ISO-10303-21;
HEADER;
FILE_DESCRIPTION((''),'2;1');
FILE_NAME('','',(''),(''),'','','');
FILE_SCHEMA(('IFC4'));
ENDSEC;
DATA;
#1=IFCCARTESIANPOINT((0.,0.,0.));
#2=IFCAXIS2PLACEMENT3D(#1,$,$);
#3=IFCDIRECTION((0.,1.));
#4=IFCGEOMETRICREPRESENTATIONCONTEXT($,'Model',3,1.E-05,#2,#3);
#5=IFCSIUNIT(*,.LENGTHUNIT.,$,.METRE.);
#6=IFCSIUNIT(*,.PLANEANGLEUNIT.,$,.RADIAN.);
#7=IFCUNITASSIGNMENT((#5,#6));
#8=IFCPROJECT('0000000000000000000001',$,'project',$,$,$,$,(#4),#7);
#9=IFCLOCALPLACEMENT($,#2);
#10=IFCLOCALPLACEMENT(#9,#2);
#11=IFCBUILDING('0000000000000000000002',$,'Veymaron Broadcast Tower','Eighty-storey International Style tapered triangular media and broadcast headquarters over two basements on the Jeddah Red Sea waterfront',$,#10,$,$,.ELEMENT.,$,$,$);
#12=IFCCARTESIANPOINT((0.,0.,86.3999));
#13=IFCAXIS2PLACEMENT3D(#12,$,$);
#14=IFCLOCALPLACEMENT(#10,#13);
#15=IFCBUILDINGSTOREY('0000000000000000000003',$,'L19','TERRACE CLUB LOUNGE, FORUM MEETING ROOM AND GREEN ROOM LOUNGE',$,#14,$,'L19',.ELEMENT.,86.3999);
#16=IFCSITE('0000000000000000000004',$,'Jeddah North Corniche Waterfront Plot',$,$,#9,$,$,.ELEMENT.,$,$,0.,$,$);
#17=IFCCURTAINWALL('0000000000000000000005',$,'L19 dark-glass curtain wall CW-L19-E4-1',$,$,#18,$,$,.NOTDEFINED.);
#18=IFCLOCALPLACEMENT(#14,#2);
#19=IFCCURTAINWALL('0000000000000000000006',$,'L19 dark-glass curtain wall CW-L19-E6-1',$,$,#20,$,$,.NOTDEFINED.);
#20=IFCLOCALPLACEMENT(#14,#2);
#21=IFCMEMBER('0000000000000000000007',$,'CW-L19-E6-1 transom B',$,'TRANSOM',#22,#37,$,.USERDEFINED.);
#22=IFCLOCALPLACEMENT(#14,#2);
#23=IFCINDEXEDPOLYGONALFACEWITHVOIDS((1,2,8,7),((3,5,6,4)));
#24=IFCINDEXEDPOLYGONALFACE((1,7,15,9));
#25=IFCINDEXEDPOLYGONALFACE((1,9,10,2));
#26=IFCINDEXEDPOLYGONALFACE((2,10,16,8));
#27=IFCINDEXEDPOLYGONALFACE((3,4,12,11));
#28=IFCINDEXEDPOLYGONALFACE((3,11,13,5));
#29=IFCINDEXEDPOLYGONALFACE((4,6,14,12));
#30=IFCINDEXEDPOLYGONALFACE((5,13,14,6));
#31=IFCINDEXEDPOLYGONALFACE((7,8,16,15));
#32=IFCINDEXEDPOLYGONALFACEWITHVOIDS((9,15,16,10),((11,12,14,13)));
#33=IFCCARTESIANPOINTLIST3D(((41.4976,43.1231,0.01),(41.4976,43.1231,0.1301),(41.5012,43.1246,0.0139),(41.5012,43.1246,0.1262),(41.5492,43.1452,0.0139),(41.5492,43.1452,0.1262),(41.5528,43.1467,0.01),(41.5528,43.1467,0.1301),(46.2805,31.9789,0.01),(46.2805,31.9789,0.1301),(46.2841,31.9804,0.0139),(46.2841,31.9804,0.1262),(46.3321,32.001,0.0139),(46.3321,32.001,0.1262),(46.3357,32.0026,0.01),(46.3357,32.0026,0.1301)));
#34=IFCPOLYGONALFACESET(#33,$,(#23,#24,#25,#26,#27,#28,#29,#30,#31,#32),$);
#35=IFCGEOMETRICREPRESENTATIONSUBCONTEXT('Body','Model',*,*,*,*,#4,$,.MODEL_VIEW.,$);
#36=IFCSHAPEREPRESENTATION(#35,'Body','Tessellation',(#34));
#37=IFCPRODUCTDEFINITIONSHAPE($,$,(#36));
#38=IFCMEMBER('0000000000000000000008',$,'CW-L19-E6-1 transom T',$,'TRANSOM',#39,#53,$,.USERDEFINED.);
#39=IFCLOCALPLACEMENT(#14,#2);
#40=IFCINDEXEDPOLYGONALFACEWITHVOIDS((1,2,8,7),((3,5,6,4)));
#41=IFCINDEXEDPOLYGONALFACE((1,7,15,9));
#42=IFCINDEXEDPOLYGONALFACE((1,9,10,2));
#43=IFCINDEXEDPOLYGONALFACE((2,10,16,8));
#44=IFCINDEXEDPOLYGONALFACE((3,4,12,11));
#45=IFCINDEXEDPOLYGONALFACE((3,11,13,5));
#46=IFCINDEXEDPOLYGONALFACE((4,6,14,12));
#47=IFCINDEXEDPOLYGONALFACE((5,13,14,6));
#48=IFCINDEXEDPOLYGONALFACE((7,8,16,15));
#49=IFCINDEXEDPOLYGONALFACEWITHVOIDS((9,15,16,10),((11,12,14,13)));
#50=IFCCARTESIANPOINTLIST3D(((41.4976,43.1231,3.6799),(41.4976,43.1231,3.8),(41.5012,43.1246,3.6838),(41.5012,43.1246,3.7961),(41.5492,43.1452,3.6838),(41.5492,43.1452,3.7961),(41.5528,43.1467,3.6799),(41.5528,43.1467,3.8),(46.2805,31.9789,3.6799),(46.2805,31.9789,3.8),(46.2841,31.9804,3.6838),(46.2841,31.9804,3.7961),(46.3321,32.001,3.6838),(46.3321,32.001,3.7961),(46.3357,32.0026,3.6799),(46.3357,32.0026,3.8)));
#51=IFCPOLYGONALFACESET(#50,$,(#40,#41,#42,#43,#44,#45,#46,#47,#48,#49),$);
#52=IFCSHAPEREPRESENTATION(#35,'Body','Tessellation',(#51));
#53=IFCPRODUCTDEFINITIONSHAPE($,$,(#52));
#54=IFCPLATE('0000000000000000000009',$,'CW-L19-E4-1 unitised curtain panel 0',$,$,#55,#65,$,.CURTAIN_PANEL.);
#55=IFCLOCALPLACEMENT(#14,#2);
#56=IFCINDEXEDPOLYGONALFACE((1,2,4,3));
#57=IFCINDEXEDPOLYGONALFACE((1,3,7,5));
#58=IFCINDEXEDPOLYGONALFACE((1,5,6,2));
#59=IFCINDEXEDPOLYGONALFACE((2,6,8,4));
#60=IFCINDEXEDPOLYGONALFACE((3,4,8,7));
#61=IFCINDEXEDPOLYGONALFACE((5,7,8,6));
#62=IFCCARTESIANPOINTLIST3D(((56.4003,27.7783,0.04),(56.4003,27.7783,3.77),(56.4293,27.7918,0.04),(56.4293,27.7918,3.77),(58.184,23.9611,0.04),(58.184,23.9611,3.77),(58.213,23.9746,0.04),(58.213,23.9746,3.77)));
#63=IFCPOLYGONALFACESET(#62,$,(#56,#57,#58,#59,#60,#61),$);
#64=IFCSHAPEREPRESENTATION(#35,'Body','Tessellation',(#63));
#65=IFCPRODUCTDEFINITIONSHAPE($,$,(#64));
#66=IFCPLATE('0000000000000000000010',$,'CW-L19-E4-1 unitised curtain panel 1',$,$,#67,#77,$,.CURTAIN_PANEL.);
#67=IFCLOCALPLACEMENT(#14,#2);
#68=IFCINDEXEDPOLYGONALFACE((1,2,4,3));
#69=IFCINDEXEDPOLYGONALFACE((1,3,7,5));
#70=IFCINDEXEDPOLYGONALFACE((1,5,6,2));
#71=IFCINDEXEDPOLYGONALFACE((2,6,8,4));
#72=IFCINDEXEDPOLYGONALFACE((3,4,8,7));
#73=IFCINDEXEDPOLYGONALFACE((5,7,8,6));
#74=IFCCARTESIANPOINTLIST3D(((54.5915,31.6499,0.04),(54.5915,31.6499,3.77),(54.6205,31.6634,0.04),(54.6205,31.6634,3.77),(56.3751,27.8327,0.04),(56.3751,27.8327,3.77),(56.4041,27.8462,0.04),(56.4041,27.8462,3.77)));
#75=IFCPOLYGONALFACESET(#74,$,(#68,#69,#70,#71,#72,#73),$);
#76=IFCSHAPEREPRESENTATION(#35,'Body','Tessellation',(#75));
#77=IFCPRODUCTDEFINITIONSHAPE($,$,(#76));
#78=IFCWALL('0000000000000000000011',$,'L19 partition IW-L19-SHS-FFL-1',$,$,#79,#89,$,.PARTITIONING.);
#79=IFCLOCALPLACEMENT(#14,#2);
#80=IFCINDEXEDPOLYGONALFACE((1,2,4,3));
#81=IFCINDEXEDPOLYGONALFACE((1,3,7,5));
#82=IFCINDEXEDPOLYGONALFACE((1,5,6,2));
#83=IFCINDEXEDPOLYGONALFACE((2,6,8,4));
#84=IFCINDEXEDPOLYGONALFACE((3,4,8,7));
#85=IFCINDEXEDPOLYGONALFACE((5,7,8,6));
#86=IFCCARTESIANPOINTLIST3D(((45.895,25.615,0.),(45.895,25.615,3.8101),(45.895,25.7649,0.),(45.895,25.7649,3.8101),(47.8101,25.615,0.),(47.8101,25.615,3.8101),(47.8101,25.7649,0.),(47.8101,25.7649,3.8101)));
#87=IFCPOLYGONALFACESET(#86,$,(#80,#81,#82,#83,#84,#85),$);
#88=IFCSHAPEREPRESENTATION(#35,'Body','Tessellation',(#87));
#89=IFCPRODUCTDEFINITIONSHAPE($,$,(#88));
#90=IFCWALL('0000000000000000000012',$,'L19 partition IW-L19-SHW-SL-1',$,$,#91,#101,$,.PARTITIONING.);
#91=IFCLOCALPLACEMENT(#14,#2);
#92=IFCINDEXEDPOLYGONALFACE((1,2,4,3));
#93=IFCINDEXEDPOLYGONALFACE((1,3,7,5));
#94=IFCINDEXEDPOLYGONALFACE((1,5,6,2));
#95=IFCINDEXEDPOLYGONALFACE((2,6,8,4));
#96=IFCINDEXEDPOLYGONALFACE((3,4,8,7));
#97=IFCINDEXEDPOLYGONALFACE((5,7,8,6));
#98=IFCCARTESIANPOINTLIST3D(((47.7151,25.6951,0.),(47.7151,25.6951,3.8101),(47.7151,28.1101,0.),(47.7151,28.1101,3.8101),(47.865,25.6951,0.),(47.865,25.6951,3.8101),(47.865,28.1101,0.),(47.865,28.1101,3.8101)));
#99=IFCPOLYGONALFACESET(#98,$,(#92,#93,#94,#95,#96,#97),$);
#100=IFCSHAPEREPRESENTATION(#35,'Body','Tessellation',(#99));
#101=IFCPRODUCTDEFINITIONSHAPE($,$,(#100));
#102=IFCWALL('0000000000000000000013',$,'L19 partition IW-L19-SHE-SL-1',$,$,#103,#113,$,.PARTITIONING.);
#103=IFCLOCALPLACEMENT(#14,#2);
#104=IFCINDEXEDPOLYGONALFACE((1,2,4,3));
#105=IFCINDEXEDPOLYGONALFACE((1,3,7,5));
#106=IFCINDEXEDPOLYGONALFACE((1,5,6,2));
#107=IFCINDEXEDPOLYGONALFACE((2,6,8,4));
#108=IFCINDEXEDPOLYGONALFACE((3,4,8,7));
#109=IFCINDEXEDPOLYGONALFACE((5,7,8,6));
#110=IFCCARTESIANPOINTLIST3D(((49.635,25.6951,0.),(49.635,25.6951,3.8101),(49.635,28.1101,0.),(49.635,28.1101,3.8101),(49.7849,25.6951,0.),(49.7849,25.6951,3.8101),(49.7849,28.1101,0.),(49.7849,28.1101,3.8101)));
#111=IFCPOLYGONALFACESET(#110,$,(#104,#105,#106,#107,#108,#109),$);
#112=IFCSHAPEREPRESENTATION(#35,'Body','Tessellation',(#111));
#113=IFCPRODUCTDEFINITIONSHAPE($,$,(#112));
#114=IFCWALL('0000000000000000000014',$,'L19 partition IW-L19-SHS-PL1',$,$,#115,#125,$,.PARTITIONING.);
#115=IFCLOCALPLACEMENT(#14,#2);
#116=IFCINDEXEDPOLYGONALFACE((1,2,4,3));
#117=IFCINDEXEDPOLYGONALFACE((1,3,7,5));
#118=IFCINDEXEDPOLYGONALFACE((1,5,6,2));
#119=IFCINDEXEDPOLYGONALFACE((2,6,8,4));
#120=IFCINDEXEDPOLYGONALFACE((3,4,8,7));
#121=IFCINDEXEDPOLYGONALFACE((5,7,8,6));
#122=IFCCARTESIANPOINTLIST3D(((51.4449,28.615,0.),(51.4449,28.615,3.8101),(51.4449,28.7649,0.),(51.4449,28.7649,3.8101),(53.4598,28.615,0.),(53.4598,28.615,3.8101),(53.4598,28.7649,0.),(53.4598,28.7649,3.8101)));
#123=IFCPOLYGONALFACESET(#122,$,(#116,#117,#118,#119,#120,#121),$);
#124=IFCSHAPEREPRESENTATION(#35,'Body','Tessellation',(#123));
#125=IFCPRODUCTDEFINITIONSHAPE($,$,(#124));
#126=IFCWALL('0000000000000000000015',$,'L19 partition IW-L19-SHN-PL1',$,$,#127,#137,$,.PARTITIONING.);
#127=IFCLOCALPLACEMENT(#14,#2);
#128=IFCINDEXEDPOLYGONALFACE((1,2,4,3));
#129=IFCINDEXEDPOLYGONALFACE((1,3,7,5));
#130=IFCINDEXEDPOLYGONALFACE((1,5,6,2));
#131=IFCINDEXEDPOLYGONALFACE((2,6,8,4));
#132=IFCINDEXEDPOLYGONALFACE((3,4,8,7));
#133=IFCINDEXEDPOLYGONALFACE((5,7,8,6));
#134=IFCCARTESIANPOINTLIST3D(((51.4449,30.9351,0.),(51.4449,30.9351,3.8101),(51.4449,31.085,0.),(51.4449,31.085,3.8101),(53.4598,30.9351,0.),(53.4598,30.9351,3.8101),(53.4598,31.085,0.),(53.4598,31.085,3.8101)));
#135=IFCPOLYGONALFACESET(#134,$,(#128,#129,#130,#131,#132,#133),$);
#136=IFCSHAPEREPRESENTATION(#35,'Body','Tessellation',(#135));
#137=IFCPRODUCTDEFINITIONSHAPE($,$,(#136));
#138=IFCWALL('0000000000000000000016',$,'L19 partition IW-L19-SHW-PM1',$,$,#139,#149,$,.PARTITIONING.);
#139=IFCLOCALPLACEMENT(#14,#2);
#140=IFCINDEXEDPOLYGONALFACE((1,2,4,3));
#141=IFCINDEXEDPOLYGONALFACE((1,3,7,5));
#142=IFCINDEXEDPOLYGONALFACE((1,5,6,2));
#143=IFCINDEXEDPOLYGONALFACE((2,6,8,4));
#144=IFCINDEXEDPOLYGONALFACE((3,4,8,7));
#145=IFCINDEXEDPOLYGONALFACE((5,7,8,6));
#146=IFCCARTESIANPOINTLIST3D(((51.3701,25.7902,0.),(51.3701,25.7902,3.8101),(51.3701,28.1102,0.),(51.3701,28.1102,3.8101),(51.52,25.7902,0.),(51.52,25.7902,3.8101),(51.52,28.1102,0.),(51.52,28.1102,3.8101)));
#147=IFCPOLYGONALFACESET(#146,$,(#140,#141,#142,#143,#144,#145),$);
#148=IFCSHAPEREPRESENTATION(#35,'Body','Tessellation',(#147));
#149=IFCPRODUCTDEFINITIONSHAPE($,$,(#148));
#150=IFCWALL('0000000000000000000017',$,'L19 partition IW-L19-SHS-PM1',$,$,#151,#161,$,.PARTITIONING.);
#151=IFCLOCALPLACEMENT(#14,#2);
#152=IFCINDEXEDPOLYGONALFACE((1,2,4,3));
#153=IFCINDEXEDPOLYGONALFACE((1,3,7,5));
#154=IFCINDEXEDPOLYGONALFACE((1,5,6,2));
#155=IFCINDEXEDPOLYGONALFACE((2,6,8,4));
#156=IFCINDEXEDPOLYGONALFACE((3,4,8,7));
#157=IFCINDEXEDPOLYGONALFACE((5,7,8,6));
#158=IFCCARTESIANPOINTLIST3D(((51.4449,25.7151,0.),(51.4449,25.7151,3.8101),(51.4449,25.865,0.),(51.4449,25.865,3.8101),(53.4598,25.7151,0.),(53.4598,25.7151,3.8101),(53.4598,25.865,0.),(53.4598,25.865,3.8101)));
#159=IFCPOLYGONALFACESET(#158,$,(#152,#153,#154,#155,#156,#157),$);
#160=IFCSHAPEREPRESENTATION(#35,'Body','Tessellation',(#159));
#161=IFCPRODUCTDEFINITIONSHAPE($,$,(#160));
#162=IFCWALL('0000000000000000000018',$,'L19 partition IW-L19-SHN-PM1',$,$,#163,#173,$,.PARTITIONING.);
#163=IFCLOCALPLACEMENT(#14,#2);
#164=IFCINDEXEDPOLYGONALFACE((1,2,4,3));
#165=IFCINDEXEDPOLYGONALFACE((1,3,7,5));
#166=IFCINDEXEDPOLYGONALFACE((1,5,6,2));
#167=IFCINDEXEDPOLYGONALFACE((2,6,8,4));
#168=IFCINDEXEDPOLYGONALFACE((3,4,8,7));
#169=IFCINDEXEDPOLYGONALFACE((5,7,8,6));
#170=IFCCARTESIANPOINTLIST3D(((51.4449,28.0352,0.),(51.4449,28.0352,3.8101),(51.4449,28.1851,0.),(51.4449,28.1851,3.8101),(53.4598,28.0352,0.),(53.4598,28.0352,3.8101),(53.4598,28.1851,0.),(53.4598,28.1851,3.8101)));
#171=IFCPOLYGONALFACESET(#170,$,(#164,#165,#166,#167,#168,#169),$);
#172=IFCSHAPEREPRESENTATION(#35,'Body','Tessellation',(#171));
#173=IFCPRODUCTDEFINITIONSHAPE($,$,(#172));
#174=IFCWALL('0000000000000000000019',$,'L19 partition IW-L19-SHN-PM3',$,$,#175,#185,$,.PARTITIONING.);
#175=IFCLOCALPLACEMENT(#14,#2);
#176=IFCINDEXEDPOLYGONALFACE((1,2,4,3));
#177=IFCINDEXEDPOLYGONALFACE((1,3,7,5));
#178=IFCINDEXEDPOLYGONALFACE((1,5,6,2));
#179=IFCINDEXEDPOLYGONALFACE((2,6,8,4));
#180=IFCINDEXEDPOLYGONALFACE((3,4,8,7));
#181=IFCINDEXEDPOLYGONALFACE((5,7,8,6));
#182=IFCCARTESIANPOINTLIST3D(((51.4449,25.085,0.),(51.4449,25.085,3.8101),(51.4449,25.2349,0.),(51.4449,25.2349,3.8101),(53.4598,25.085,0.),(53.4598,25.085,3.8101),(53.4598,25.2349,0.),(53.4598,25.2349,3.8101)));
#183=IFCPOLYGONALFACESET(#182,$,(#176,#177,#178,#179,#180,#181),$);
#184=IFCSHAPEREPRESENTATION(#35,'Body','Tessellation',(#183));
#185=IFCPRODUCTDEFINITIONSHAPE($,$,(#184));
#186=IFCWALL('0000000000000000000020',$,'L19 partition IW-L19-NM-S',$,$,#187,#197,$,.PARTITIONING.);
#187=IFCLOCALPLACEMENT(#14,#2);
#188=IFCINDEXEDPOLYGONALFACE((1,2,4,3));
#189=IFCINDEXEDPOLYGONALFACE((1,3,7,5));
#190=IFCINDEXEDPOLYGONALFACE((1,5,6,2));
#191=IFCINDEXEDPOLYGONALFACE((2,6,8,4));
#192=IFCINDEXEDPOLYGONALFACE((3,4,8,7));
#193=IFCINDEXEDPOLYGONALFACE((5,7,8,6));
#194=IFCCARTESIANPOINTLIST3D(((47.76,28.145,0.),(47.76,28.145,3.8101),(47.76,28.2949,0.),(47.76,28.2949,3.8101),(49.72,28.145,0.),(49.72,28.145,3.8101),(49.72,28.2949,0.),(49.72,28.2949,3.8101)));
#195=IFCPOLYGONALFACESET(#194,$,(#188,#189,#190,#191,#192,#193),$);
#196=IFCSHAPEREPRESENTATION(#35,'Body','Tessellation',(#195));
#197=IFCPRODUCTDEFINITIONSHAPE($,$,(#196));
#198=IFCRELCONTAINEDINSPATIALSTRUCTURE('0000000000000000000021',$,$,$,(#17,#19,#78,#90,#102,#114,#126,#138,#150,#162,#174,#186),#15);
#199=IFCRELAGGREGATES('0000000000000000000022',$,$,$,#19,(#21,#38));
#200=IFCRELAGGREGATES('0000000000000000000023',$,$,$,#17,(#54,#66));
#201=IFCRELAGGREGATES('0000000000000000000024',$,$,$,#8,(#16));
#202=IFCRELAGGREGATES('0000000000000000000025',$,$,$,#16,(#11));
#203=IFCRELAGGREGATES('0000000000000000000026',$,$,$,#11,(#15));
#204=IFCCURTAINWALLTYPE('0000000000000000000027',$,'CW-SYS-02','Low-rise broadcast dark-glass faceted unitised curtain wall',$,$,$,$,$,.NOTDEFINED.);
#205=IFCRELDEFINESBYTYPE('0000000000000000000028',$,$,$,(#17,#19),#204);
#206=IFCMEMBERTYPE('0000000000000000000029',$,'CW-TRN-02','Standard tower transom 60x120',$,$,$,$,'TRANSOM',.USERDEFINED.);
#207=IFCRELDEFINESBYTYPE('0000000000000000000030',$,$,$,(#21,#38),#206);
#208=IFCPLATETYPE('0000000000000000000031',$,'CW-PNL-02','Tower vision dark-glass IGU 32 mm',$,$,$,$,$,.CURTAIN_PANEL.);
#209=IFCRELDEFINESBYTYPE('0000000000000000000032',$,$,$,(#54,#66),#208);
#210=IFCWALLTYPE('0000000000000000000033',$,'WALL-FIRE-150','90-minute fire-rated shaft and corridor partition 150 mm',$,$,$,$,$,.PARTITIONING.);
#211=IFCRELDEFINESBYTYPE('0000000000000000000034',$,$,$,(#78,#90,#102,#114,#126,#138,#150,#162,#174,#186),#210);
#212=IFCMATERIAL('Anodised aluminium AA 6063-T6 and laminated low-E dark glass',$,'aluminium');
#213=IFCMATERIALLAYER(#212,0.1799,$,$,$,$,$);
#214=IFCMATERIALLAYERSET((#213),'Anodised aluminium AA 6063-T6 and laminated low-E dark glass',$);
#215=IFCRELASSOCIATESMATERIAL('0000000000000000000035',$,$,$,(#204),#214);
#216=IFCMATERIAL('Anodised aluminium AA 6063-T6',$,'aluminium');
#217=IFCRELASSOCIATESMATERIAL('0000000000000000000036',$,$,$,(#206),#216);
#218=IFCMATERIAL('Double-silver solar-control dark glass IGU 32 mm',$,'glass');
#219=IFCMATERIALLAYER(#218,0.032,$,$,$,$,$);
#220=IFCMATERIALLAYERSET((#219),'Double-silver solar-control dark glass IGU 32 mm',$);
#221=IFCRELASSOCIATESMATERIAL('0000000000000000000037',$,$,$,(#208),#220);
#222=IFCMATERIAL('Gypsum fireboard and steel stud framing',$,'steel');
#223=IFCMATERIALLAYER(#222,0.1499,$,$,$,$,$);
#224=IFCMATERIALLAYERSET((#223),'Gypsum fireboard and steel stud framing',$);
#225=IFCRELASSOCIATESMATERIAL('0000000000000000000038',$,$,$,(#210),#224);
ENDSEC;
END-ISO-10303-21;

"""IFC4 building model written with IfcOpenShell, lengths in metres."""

from ifc_helpers import new_model, si_unit, direction, frame, frame_2d, origin, origin_2d, place, context, subcontext, project, spatial, rectangle, hollow_rectangle, extrude, material, layer, layer_set, material_profile, profile_set, type_object, element, aggregate, save


model = new_model("IFC4")

# Units and contexts
model_context = context("Model", 3, precision=1e-05, world=origin(), true_north=direction((0.0, 1.0)))
body_context = subcontext(model_context, "Body", "Model", "MODEL_VIEW")
ifc_project = project(units=[si_unit("LENGTHUNIT", "METRE"), si_unit("PLANEANGLEUNIT", "RADIAN")], contexts=[model_context])

# Site, building, storey
site_placement = place(None, origin())
site = spatial("IfcSite", under=ifc_project, at=site_placement, Name="Jeddah North Corniche Waterfront Plot", CompositionType="ELEMENT", RefElevation=0.0)
building_placement = place(site_placement, origin())
building = spatial("IfcBuilding", under=site, at=building_placement, Name="Veymaron Broadcast Tower", Description="Eighty-storey International Style tapered triangular media and broadcast headquarters over two basements on the Jeddah Red Sea waterfront", CompositionType="ELEMENT")
storey_placement = place(building_placement, frame((0.0, 0.0, 86.3999)))
storey = spatial("IfcBuildingStorey", under=building, at=storey_placement, Name="L19", Description="TERRACE CLUB LOUNGE, FORUM MEETING ROOM AND GREEN ROOM LOUNGE", LongName="L19", CompositionType="ELEMENT", Elevation=86.3999)

# Shared definitions
ifc_material_1 = material(Name="Anodised aluminium AA 6063-T6 and laminated low-E dark glass", Category="aluminium")
ifc_layer_1 = layer(ifc_material_1, 0.1799)
ifc_layer_set_1 = layer_set([ifc_layer_1], Name="Anodised aluminium AA 6063-T6 and laminated low-E dark glass")
curtain_wall_type = type_object("IfcCurtainWallType", Name="CW-SYS-02", Description="Low-rise broadcast dark-glass faceted unitised curtain wall", PredefinedType="NOTDEFINED", material=ifc_layer_set_1)
ifc_material_2 = material(Name="Anodised aluminium AA 6063-T6", Category="aluminium")

# Curtain wall
curtain_wall_1_placement = place(storey_placement, origin())
curtain_wall_1 = element("IfcCurtainWall", 1, at=curtain_wall_1_placement, inside=storey, type_object=curtain_wall_type, Name="L19 dark-glass curtain wall CW-L19-E4-1", PredefinedType="NOTDEFINED")

# Curtain wall
curtain_wall_2_placement = place(storey_placement, origin())
curtain_wall_2 = element("IfcCurtainWall", 2, at=curtain_wall_2_placement, inside=storey, type_object=curtain_wall_type, Name="L19 dark-glass curtain wall CW-L19-E6-1", PredefinedType="NOTDEFINED")

# Members
ifc_material_profile_1 = material_profile(ifc_material_2, hollow_rectangle(XDim=0.0601, YDim=0.1201, WallThickness=0.0039, at=origin_2d()), Name="AL120X60X4")
ifc_profile_set_1 = profile_set([ifc_material_profile_1], Name="Anodised aluminium AA 6063-T6")
member_type_1 = type_object("IfcMemberType", Name="CW-TRN-02", Description="Standard tower transom 60x120", ElementType="TRANSOM", PredefinedType="USERDEFINED", material=ifc_profile_set_1)
member_1_placement = place(storey_placement, frame((46.3081, 31.9907, 0.0701), z_axis=(-0.394395, 0.918941, 0.0), x_axis=(-0.918941, -0.394395, 0.0)))
member_1 = element("IfcMember", 3, at=member_1_placement, type_object=member_type_1, Name="CW-L19-E6-1 transom B", ObjectType="TRANSOM", PredefinedType="USERDEFINED", context=body_context, shape_type="SweptSolid", body=[
    extrude(hollow_rectangle(XDim=0.0601, YDim=0.1201, WallThickness=0.0039, at=origin_2d()), origin(), (0.0, 0.0, 1.0), 12.1272),
])
member_2_placement = place(storey_placement, frame((46.3081, 31.9907, 3.74), z_axis=(-0.394395, 0.918941, 0.0), x_axis=(-0.918941, -0.394395, 0.0)))
member_2 = element("IfcMember", 4, at=member_2_placement, type_object=member_type_1, Name="CW-L19-E6-1 transom T", ObjectType="TRANSOM", PredefinedType="USERDEFINED", context=body_context, shape_type="SweptSolid", body=[
    extrude(hollow_rectangle(XDim=0.0601, YDim=0.1201, WallThickness=0.0039, at=origin_2d()), origin(), (0.0, 0.0, 1.0), 12.1272),
])
aggregate(curtain_wall_2, [member_1, member_2])

# Plates
ifc_material_3 = material(Name="Double-silver solar-control dark glass IGU 32 mm", Category="glass")
ifc_layer_2 = layer(ifc_material_3, 0.032)
ifc_layer_set_2 = layer_set([ifc_layer_2], Name="Double-silver solar-control dark glass IGU 32 mm")
plate_type = type_object("IfcPlateType", Name="CW-PNL-02", Description="Tower vision dark-glass IGU 32 mm", PredefinedType="CURTAIN_PANEL", material=ifc_layer_set_2)
plate_1_placement = place(storey_placement, frame((57.3066, 25.8765, 0.04), z_axis=(0.0, 0.0, 1.0), x_axis=(-0.42333, 0.905976, 0.0)))
plate_1 = element("IfcPlate", 5, at=plate_1_placement, type_object=plate_type, Name="CW-L19-E4-1 unitised curtain panel 0", PredefinedType="CURTAIN_PANEL", context=body_context, shape_type="SweptSolid", body=[
    extrude(rectangle(XDim=4.2134, YDim=0.032, at=origin_2d()), origin(), (0.0, 0.0, 1.0), 3.73),
])
plate_2_placement = place(storey_placement, frame((55.4978, 29.748, 0.04), z_axis=(0.0, 0.0, 1.0), x_axis=(-0.42333, 0.905976, 0.0)))
plate_2 = element("IfcPlate", 6, at=plate_2_placement, type_object=plate_type, Name="CW-L19-E4-1 unitised curtain panel 1", PredefinedType="CURTAIN_PANEL", context=body_context, shape_type="SweptSolid", body=[
    extrude(rectangle(XDim=4.2134, YDim=0.032, at=origin_2d()), origin(), (0.0, 0.0, 1.0), 3.73),
])
aggregate(curtain_wall_1, [plate_1, plate_2])

# Wall
ifc_material_4 = material(Name="Gypsum fireboard and steel stud framing", Category="steel")
ifc_layer_3 = layer(ifc_material_4, 0.1499)
ifc_layer_set_3 = layer_set([ifc_layer_3], Name="Gypsum fireboard and steel stud framing")
wall_type_1 = type_object("IfcWallType", Name="WALL-FIRE-150", Description="90-minute fire-rated shaft and corridor partition 150 mm", PredefinedType="PARTITIONING", material=ifc_layer_set_3)
wall_1_placement = place(storey_placement, frame((45.895, 25.6899, 0.0), z_axis=(0.0, 0.0, 1.0), x_axis=(1.0, 0.0, 0.0)))
element("IfcWall", 7, at=wall_1_placement, inside=storey, type_object=wall_type_1, Name="L19 partition IW-L19-SHS-FFL-1", PredefinedType="PARTITIONING", context=body_context, shape_type="SweptSolid", body=[
    extrude(rectangle(XDim=1.915, YDim=0.1499, at=frame_2d((0.9575, 0.0))), origin(), (0.0, 0.0, 1.0), 3.8101),
])

# Walls
for number, where, z_axis, x_axis, name in (
    (8, (47.79, 25.6951, 0.0), (0.0, 0.0, 1.0), (0.0, 1.0, 0.0), "L19 partition IW-L19-SHW-SL-1"),
    (9, (49.71, 25.6951, 0.0), (0.0, 0.0, 1.0), (0.0, 1.0, 0.0), "L19 partition IW-L19-SHE-SL-1"),
):
    element("IfcWall", number, at=place(storey_placement, frame(where, z_axis=z_axis, x_axis=x_axis)), inside=storey, type_object=wall_type_1, Name=name, PredefinedType="PARTITIONING", context=body_context, shape_type="SweptSolid", body=[
        extrude(rectangle(XDim=2.415, YDim=0.1499, at=frame_2d((1.2075, 0.0))), origin(), (0.0, 0.0, 1.0), 3.8101),
    ])

# Walls
for number, where, z_axis, x_axis, name in (
    (10, (51.4451, 28.6899, 0.0), (0.0, 0.0, 1.0), (1.0, 0.0, 0.0), "L19 partition IW-L19-SHS-PL1"),
    (11, (51.4451, 31.01, 0.0), (0.0, 0.0, 1.0), (1.0, 0.0, 0.0), "L19 partition IW-L19-SHN-PL1"),
):
    element("IfcWall", number, at=place(storey_placement, frame(where, z_axis=z_axis, x_axis=x_axis)), inside=storey, type_object=wall_type_1, Name=name, PredefinedType="PARTITIONING", context=body_context, shape_type="SweptSolid", body=[
        extrude(rectangle(XDim=2.0149, YDim=0.1499, at=frame_2d((1.0073, 0.0))), origin(), (0.0, 0.0, 1.0), 3.8101),
    ])
wall_2_placement = place(storey_placement, frame((51.4451, 25.79, 0.0), z_axis=(0.0, 0.0, 1.0), x_axis=(0.0, 1.0, 0.0)))
element("IfcWall", 12, at=wall_2_placement, inside=storey, type_object=wall_type_1, Name="L19 partition IW-L19-SHW-PM1", PredefinedType="PARTITIONING", context=body_context, shape_type="SweptSolid", body=[
    extrude(rectangle(XDim=2.3201, YDim=0.1499, at=frame_2d((1.1602, 0.0))), origin(), (0.0, 0.0, 1.0), 3.8101),
])
for number, where, z_axis, x_axis, name in (
    (13, (51.4451, 25.79, 0.0), (0.0, 0.0, 1.0), (1.0, 0.0, 0.0), "L19 partition IW-L19-SHS-PM1"),
    (14, (51.4451, 28.1101, 0.0), (0.0, 0.0, 1.0), (1.0, 0.0, 0.0), "L19 partition IW-L19-SHN-PM1"),
    (15, (51.4451, 25.1599, 0.0), (0.0, 0.0, 1.0), (1.0, 0.0, 0.0), "L19 partition IW-L19-SHN-PM3"),
):
    element("IfcWall", number, at=place(storey_placement, frame(where, z_axis=z_axis, x_axis=x_axis)), inside=storey, type_object=wall_type_1, Name=name, PredefinedType="PARTITIONING", context=body_context, shape_type="SweptSolid", body=[
        extrude(rectangle(XDim=2.0149, YDim=0.1499, at=frame_2d((1.0073, 0.0))), origin(), (0.0, 0.0, 1.0), 3.8101),
    ])
wall_3_placement = place(storey_placement, frame((47.76, 28.22, 0.0), z_axis=(0.0, 0.0, 1.0), x_axis=(1.0, 0.0, 0.0)))
element("IfcWall", 16, at=wall_3_placement, inside=storey, type_object=wall_type_1, Name="L19 partition IW-L19-NM-S", PredefinedType="PARTITIONING", context=body_context, shape_type="SweptSolid", body=[
    extrude(rectangle(XDim=1.96, YDim=0.1499, at=frame_2d((0.98, 0.0))), origin(), (0.0, 0.0, 1.0), 3.8101),
])

save(model, "model.ifc")
